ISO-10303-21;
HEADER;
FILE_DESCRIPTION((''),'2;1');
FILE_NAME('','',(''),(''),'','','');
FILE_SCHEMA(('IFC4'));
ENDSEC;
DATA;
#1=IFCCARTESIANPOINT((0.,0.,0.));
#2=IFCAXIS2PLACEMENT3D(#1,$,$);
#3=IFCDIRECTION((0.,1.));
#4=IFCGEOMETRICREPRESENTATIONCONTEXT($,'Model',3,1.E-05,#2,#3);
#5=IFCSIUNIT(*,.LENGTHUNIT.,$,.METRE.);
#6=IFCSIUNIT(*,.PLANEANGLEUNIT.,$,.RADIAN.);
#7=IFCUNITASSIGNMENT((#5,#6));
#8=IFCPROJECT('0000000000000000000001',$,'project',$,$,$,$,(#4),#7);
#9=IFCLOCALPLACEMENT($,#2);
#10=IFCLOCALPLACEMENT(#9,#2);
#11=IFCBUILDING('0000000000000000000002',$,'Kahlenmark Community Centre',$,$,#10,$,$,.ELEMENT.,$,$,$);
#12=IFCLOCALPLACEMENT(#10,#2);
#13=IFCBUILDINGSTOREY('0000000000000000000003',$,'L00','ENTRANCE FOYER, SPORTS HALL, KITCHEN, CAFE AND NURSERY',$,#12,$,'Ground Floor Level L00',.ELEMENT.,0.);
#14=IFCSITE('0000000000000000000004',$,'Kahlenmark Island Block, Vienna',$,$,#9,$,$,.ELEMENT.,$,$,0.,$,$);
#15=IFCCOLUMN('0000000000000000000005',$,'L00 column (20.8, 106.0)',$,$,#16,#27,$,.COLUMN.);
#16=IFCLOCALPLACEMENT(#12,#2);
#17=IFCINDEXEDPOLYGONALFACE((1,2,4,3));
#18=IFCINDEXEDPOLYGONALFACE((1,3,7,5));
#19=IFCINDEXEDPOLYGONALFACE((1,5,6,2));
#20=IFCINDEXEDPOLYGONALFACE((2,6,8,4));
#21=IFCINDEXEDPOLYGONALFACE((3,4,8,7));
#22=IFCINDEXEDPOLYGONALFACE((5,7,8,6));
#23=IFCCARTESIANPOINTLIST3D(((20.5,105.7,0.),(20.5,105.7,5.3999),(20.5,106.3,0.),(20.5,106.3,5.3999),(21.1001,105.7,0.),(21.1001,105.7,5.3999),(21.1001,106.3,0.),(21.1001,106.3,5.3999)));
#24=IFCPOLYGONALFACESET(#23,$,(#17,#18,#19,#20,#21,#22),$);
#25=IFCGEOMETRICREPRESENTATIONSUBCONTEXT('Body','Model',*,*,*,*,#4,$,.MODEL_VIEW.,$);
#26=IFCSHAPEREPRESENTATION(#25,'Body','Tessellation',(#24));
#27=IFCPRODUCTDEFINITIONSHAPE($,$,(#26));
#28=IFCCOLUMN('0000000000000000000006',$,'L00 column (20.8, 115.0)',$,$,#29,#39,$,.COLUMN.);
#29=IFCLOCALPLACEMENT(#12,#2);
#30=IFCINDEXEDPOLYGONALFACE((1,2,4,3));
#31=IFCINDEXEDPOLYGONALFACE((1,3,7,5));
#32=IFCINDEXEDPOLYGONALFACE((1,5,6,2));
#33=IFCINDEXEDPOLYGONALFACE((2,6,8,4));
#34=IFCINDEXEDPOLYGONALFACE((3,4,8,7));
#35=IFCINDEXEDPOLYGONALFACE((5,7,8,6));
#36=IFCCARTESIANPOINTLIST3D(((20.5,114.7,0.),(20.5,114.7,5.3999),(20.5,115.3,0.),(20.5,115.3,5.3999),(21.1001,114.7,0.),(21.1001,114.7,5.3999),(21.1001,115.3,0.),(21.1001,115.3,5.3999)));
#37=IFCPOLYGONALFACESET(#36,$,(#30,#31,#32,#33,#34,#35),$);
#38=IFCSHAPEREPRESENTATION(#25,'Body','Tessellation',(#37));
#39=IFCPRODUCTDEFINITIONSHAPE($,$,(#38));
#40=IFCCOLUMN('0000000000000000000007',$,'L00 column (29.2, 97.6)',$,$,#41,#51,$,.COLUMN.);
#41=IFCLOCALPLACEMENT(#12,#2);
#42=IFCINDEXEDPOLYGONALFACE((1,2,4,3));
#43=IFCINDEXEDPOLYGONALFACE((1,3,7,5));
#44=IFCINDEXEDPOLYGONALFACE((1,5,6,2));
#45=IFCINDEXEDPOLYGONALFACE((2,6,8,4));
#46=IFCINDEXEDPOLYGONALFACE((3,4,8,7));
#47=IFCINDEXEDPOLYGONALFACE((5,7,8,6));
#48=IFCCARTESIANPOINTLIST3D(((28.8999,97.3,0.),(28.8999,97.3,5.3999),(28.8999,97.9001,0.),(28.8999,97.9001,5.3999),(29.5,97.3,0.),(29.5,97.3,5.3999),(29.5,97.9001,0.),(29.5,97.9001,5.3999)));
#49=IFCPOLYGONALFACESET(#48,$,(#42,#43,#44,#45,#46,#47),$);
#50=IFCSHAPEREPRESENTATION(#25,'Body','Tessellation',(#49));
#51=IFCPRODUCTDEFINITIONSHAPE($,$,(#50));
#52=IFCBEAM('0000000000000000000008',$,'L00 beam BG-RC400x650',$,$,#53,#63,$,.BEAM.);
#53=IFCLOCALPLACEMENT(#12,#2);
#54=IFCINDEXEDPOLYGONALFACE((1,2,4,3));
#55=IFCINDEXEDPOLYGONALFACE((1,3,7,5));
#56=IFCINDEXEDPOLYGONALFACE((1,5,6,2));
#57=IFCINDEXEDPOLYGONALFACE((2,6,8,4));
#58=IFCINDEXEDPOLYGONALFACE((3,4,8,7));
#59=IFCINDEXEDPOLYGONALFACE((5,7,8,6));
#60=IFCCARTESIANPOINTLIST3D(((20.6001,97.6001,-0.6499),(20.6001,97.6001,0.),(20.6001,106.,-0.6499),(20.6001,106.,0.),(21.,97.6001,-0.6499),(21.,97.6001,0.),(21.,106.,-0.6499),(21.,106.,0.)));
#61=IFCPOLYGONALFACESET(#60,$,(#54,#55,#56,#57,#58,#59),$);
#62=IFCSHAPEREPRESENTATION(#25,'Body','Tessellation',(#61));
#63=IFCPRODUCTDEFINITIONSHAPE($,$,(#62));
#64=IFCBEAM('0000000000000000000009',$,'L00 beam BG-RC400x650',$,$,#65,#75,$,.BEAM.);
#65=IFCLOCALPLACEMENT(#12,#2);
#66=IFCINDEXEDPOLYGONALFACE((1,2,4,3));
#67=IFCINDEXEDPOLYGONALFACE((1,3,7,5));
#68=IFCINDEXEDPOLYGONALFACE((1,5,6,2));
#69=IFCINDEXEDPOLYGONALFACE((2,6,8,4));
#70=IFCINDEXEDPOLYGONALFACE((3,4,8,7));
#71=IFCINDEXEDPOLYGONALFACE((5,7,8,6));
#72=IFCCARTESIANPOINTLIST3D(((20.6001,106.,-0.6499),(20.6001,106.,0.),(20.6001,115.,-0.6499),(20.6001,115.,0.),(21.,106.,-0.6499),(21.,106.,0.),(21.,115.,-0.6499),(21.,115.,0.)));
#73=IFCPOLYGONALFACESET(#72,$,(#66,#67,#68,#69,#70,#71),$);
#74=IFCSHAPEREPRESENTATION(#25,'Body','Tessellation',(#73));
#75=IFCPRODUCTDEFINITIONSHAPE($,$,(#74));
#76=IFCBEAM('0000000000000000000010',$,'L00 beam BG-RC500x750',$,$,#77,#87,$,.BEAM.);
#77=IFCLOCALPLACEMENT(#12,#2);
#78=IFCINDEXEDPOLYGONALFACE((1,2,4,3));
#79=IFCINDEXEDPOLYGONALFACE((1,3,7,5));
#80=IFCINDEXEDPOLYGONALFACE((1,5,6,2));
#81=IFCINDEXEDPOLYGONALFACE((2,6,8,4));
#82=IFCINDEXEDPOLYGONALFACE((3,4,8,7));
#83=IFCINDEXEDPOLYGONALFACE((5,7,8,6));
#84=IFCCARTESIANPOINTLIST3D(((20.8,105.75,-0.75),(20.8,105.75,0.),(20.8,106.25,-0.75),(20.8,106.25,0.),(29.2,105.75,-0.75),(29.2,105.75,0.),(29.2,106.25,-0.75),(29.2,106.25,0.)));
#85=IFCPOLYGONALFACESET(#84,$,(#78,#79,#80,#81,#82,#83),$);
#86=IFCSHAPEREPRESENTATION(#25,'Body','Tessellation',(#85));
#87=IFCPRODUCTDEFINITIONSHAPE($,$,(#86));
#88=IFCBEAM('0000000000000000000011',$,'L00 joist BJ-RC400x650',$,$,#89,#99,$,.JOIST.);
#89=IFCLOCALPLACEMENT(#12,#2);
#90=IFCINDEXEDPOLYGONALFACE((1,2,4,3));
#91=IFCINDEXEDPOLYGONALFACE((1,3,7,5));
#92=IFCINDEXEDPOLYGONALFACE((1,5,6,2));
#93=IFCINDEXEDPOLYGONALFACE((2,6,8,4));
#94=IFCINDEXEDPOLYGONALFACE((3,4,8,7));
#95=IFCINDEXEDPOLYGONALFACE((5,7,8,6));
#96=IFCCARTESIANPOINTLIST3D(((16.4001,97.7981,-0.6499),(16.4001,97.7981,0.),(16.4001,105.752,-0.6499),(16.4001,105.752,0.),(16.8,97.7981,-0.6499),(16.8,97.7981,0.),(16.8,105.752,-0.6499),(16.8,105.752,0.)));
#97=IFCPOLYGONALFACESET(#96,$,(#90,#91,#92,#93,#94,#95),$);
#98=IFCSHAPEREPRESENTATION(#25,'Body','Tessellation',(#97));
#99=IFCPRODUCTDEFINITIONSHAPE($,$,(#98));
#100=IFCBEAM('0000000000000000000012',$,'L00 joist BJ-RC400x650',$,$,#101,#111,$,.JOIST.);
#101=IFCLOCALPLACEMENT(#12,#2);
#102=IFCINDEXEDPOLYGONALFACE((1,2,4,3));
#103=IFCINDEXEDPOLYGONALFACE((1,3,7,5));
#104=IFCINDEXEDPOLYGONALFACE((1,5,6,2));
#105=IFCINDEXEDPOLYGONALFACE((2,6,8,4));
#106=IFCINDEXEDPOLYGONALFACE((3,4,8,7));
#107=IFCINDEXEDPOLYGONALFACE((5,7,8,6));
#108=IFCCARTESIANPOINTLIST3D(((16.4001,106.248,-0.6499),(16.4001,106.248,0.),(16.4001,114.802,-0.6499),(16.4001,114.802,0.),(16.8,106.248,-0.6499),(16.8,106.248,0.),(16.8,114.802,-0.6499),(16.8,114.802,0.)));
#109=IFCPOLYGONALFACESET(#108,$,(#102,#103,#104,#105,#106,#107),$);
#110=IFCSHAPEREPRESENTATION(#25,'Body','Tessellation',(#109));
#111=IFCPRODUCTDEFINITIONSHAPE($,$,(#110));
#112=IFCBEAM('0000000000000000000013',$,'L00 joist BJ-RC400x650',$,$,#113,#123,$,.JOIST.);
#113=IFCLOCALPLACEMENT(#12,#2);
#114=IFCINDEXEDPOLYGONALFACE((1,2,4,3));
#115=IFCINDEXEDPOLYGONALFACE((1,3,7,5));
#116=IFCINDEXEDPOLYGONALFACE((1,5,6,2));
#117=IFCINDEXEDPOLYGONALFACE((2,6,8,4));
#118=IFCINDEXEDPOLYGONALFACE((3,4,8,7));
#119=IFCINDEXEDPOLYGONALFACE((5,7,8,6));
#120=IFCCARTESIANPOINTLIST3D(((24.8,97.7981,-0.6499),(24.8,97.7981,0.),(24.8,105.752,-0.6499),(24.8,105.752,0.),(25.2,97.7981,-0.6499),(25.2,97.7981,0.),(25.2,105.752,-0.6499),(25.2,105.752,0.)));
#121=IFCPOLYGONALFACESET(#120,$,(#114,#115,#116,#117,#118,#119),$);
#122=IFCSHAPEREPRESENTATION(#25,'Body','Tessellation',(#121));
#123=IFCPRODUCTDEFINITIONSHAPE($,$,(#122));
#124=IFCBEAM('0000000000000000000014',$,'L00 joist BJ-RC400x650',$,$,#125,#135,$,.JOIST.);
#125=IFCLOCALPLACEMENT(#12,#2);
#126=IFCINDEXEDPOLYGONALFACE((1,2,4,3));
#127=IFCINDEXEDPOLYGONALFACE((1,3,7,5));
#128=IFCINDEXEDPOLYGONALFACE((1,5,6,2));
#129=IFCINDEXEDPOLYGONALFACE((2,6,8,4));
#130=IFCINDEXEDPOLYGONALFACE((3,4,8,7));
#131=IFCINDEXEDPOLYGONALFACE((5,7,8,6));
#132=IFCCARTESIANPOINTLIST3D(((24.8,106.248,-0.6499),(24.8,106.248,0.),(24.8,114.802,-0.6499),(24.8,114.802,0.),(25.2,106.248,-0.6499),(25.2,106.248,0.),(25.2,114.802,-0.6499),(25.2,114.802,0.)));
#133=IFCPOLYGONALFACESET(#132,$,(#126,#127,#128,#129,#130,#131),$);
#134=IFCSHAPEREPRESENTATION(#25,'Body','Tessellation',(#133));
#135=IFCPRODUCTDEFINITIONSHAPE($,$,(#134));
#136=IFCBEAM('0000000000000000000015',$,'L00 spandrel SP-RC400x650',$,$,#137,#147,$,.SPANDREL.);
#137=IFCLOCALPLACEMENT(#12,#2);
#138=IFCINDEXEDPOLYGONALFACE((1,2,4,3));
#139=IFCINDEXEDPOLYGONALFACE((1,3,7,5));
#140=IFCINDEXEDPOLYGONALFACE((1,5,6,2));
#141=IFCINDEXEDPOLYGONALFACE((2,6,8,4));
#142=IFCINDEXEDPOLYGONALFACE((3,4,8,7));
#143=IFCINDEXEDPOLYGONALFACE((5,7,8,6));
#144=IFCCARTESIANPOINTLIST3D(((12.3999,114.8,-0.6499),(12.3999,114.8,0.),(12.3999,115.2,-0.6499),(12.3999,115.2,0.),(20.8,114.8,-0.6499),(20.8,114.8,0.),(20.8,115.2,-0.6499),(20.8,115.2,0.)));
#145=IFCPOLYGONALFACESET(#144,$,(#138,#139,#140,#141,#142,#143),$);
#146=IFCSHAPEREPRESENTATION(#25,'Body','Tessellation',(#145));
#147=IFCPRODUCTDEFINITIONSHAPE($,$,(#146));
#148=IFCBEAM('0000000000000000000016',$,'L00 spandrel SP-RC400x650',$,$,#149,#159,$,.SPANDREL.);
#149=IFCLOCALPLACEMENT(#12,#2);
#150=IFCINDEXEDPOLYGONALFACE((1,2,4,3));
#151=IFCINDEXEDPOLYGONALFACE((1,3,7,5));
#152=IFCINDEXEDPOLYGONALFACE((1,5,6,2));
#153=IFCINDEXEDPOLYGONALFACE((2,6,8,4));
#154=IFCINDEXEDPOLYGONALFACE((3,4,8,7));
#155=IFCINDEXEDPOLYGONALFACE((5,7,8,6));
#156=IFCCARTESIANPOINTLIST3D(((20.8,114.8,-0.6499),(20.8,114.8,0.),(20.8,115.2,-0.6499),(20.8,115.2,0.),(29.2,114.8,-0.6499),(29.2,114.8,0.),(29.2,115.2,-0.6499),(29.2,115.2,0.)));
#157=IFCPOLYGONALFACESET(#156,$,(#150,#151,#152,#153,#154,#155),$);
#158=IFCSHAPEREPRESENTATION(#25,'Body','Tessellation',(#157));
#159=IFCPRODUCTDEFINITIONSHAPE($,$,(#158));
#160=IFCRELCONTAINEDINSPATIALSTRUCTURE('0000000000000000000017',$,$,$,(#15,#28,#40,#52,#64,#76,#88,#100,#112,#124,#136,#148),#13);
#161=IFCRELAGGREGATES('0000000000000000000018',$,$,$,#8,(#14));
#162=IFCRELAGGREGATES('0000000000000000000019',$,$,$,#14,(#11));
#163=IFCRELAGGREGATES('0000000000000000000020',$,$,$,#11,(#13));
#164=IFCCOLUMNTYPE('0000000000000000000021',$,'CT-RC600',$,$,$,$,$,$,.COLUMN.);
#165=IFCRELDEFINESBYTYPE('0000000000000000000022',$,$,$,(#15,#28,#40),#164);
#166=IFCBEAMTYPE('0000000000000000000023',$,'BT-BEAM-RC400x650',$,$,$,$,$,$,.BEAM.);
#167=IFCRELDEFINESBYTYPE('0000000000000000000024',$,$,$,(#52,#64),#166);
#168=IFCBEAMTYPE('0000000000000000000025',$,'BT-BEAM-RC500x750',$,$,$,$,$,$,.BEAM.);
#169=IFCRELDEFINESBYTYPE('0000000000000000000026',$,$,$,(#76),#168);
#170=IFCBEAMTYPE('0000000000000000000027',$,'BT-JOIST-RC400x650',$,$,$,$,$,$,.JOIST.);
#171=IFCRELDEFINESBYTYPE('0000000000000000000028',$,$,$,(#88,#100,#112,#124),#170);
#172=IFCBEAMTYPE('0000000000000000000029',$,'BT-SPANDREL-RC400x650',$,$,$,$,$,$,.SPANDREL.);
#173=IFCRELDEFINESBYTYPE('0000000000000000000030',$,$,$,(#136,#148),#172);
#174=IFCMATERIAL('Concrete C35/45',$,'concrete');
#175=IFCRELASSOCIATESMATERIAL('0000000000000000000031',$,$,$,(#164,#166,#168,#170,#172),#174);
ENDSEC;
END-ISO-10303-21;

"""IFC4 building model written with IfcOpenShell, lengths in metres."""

from ifc_helpers import new_model, si_unit, direction, frame, origin, origin_2d, place, context, subcontext, project, spatial, rectangle, extrude, material, material_profile, profile_set, type_object, element, save


model = new_model("IFC4")

# Units and contexts
model_context = context("Model", 3, precision=1e-05, world=origin(), true_north=direction((0.0, 1.0)))
body_context = subcontext(model_context, "Body", "Model", "MODEL_VIEW")
ifc_project = project(units=[si_unit("LENGTHUNIT", "METRE"), si_unit("PLANEANGLEUNIT", "RADIAN")], contexts=[model_context])

# Site, building, storey
site_placement = place(None, origin())
site = spatial("IfcSite", under=ifc_project, at=site_placement, Name="Kahlenmark Island Block, Vienna", CompositionType="ELEMENT", RefElevation=0.0)
building_placement = place(site_placement, origin())
building = spatial("IfcBuilding", under=site, at=building_placement, Name="Kahlenmark Community Centre", CompositionType="ELEMENT")
storey_placement = place(building_placement, origin())
storey = spatial("IfcBuildingStorey", under=building, at=storey_placement, Name="L00", Description="ENTRANCE FOYER, SPORTS HALL, KITCHEN, CAFE AND NURSERY", LongName="Ground Floor Level L00", CompositionType="ELEMENT", Elevation=0.0)

# Columns
ifc_material_1 = material(Name="Concrete C35/45", Category="concrete")
ifc_material_profile_1 = material_profile(ifc_material_1, rectangle(XDim=0.6001, YDim=0.6001, at=origin_2d()), Name="RC 600x600")
ifc_profile_set_1 = profile_set([ifc_material_profile_1], Name="Concrete C35/45")
column_type = type_object("IfcColumnType", Name="CT-RC600", PredefinedType="COLUMN", material=ifc_profile_set_1)
for number, where, z_axis, x_axis, name in (
    (1, (20.8, 106.0, 0.0), (0.0, 0.0, 1.0), (1.0, 0.0, 0.0), "L00 column (20.8, 106.0)"),
    (2, (20.8, 115.0, 0.0), (0.0, 0.0, 1.0), (1.0, 0.0, 0.0), "L00 column (20.8, 115.0)"),
    (3, (29.2, 97.6001, 0.0), (0.0, 0.0, 1.0), (1.0, 0.0, 0.0), "L00 column (29.2, 97.6)"),
):
    element("IfcColumn", number, at=place(storey_placement, frame(where, z_axis=z_axis, x_axis=x_axis)), inside=storey, type_object=column_type, Name=name, PredefinedType="COLUMN", context=body_context, shape_type="SweptSolid", body=[
        extrude(rectangle(XDim=0.6001, YDim=0.6001, at=origin_2d()), origin(), (0.0, 0.0, 1.0), 5.3999),
    ])

# Beams
ifc_material_profile_2 = material_profile(ifc_material_1, rectangle(XDim=0.3999, YDim=0.6499, at=origin_2d()), Name="RC 400x650")
ifc_profile_set_2 = profile_set([ifc_material_profile_2], Name="Concrete C35/45")
beam_type_1 = type_object("IfcBeamType", Name="BT-BEAM-RC400x650", PredefinedType="BEAM", material=ifc_profile_set_2)
beam_1_placement = place(storey_placement, frame((20.8, 97.6001, -0.325), z_axis=(0.0, 1.0, 0.0), x_axis=(-1.0, 0.0, 0.0)))
element("IfcBeam", 4, at=beam_1_placement, inside=storey, type_object=beam_type_1, Name="L00 beam BG-RC400x650", PredefinedType="BEAM", context=body_context, shape_type="SweptSolid", body=[
    extrude(rectangle(XDim=0.3999, YDim=0.6499, at=origin_2d()), origin(), (0.0, 0.0, 1.0), 8.3999),
])
beam_2_placement = place(storey_placement, frame((20.8, 106.0, -0.325), z_axis=(0.0, 1.0, 0.0), x_axis=(-1.0, 0.0, 0.0)))
element("IfcBeam", 5, at=beam_2_placement, inside=storey, type_object=beam_type_1, Name="L00 beam BG-RC400x650", PredefinedType="BEAM", context=body_context, shape_type="SweptSolid", body=[
    extrude(rectangle(XDim=0.3999, YDim=0.6499, at=origin_2d()), origin(), (0.0, 0.0, 1.0), 9.0),
])
ifc_material_profile_3 = material_profile(ifc_material_1, rectangle(XDim=0.5, YDim=0.75, at=origin_2d()), Name="RC 500x750")
ifc_profile_set_3 = profile_set([ifc_material_profile_3], Name="Concrete C35/45")
beam_type_2 = type_object("IfcBeamType", Name="BT-BEAM-RC500x750", PredefinedType="BEAM", material=ifc_profile_set_3)
beam_3_placement = place(storey_placement, frame((20.8, 106.0, -0.375), z_axis=(1.0, 0.0, 0.0), x_axis=(0.0, 1.0, 0.0)))
element("IfcBeam", 6, at=beam_3_placement, inside=storey, type_object=beam_type_2, Name="L00 beam BG-RC500x750", PredefinedType="BEAM", context=body_context, shape_type="SweptSolid", body=[
    extrude(rectangle(XDim=0.5, YDim=0.75, at=origin_2d()), origin(), (0.0, 0.0, 1.0), 8.3999),
])
ifc_material_profile_4 = material_profile(ifc_material_1, rectangle(XDim=0.3999, YDim=0.6499, at=origin_2d()), Name="RC 400x650")
ifc_profile_set_4 = profile_set([ifc_material_profile_4], Name="Concrete C35/45")
beam_type_3 = type_object("IfcBeamType", Name="BT-JOIST-RC400x650", PredefinedType="JOIST", material=ifc_profile_set_4)
beam_4_placement = place(storey_placement, frame((16.6001, 97.7981, -0.325), z_axis=(0.0, 1.0, 0.0), x_axis=(-1.0, 0.0, 0.0)))
element("IfcBeam", 7, at=beam_4_placement, inside=storey, type_object=beam_type_3, Name="L00 joist BJ-RC400x650", PredefinedType="JOIST", context=body_context, shape_type="SweptSolid", body=[
    extrude(rectangle(XDim=0.3999, YDim=0.6499, at=origin_2d()), origin(), (0.0, 0.0, 1.0), 7.9539),
])
beam_5_placement = place(storey_placement, frame((16.6001, 106.248, -0.325), z_axis=(0.0, 1.0, 0.0), x_axis=(-1.0, 0.0, 0.0)))
element("IfcBeam", 8, at=beam_5_placement, inside=storey, type_object=beam_type_3, Name="L00 joist BJ-RC400x650", PredefinedType="JOIST", context=body_context, shape_type="SweptSolid", body=[
    extrude(rectangle(XDim=0.3999, YDim=0.6499, at=origin_2d()), origin(), (0.0, 0.0, 1.0), 8.554),
])
beam_6_placement = place(storey_placement, frame((25.0, 97.7981, -0.325), z_axis=(0.0, 1.0, 0.0), x_axis=(-1.0, 0.0, 0.0)))
element("IfcBeam", 9, at=beam_6_placement, inside=storey, type_object=beam_type_3, Name="L00 joist BJ-RC400x650", PredefinedType="JOIST", context=body_context, shape_type="SweptSolid", body=[
    extrude(rectangle(XDim=0.3999, YDim=0.6499, at=origin_2d()), origin(), (0.0, 0.0, 1.0), 7.9539),
])
beam_7_placement = place(storey_placement, frame((25.0, 106.248, -0.325), z_axis=(0.0, 1.0, 0.0), x_axis=(-1.0, 0.0, 0.0)))
element("IfcBeam", 10, at=beam_7_placement, inside=storey, type_object=beam_type_3, Name="L00 joist BJ-RC400x650", PredefinedType="JOIST", context=body_context, shape_type="SweptSolid", body=[
    extrude(rectangle(XDim=0.3999, YDim=0.6499, at=origin_2d()), origin(), (0.0, 0.0, 1.0), 8.554),
])
ifc_material_profile_5 = material_profile(ifc_material_1, rectangle(XDim=0.3999, YDim=0.6499, at=origin_2d()), Name="RC 400x650")
ifc_profile_set_5 = profile_set([ifc_material_profile_5], Name="Concrete C35/45")
beam_type_4 = type_object("IfcBeamType", Name="BT-SPANDREL-RC400x650", PredefinedType="SPANDREL", material=ifc_profile_set_5)
beam_8_placement = place(storey_placement, frame((12.3999, 115.0, -0.325), z_axis=(1.0, 0.0, 0.0), x_axis=(0.0, 1.0, 0.0)))
element("IfcBeam", 11, at=beam_8_placement, inside=storey, type_object=beam_type_4, Name="L00 spandrel SP-RC400x650", PredefinedType="SPANDREL", context=body_context, shape_type="SweptSolid", body=[
    extrude(rectangle(XDim=0.3999, YDim=0.6499, at=origin_2d()), origin(), (0.0, 0.0, 1.0), 8.4001),
])
beam_9_placement = place(storey_placement, frame((20.8, 115.0, -0.325), z_axis=(1.0, 0.0, 0.0), x_axis=(0.0, 1.0, 0.0)))
element("IfcBeam", 12, at=beam_9_placement, inside=storey, type_object=beam_type_4, Name="L00 spandrel SP-RC400x650", PredefinedType="SPANDREL", context=body_context, shape_type="SweptSolid", body=[
    extrude(rectangle(XDim=0.3999, YDim=0.6499, at=origin_2d()), origin(), (0.0, 0.0, 1.0), 8.3999),
])

save(model, "model.ifc")
